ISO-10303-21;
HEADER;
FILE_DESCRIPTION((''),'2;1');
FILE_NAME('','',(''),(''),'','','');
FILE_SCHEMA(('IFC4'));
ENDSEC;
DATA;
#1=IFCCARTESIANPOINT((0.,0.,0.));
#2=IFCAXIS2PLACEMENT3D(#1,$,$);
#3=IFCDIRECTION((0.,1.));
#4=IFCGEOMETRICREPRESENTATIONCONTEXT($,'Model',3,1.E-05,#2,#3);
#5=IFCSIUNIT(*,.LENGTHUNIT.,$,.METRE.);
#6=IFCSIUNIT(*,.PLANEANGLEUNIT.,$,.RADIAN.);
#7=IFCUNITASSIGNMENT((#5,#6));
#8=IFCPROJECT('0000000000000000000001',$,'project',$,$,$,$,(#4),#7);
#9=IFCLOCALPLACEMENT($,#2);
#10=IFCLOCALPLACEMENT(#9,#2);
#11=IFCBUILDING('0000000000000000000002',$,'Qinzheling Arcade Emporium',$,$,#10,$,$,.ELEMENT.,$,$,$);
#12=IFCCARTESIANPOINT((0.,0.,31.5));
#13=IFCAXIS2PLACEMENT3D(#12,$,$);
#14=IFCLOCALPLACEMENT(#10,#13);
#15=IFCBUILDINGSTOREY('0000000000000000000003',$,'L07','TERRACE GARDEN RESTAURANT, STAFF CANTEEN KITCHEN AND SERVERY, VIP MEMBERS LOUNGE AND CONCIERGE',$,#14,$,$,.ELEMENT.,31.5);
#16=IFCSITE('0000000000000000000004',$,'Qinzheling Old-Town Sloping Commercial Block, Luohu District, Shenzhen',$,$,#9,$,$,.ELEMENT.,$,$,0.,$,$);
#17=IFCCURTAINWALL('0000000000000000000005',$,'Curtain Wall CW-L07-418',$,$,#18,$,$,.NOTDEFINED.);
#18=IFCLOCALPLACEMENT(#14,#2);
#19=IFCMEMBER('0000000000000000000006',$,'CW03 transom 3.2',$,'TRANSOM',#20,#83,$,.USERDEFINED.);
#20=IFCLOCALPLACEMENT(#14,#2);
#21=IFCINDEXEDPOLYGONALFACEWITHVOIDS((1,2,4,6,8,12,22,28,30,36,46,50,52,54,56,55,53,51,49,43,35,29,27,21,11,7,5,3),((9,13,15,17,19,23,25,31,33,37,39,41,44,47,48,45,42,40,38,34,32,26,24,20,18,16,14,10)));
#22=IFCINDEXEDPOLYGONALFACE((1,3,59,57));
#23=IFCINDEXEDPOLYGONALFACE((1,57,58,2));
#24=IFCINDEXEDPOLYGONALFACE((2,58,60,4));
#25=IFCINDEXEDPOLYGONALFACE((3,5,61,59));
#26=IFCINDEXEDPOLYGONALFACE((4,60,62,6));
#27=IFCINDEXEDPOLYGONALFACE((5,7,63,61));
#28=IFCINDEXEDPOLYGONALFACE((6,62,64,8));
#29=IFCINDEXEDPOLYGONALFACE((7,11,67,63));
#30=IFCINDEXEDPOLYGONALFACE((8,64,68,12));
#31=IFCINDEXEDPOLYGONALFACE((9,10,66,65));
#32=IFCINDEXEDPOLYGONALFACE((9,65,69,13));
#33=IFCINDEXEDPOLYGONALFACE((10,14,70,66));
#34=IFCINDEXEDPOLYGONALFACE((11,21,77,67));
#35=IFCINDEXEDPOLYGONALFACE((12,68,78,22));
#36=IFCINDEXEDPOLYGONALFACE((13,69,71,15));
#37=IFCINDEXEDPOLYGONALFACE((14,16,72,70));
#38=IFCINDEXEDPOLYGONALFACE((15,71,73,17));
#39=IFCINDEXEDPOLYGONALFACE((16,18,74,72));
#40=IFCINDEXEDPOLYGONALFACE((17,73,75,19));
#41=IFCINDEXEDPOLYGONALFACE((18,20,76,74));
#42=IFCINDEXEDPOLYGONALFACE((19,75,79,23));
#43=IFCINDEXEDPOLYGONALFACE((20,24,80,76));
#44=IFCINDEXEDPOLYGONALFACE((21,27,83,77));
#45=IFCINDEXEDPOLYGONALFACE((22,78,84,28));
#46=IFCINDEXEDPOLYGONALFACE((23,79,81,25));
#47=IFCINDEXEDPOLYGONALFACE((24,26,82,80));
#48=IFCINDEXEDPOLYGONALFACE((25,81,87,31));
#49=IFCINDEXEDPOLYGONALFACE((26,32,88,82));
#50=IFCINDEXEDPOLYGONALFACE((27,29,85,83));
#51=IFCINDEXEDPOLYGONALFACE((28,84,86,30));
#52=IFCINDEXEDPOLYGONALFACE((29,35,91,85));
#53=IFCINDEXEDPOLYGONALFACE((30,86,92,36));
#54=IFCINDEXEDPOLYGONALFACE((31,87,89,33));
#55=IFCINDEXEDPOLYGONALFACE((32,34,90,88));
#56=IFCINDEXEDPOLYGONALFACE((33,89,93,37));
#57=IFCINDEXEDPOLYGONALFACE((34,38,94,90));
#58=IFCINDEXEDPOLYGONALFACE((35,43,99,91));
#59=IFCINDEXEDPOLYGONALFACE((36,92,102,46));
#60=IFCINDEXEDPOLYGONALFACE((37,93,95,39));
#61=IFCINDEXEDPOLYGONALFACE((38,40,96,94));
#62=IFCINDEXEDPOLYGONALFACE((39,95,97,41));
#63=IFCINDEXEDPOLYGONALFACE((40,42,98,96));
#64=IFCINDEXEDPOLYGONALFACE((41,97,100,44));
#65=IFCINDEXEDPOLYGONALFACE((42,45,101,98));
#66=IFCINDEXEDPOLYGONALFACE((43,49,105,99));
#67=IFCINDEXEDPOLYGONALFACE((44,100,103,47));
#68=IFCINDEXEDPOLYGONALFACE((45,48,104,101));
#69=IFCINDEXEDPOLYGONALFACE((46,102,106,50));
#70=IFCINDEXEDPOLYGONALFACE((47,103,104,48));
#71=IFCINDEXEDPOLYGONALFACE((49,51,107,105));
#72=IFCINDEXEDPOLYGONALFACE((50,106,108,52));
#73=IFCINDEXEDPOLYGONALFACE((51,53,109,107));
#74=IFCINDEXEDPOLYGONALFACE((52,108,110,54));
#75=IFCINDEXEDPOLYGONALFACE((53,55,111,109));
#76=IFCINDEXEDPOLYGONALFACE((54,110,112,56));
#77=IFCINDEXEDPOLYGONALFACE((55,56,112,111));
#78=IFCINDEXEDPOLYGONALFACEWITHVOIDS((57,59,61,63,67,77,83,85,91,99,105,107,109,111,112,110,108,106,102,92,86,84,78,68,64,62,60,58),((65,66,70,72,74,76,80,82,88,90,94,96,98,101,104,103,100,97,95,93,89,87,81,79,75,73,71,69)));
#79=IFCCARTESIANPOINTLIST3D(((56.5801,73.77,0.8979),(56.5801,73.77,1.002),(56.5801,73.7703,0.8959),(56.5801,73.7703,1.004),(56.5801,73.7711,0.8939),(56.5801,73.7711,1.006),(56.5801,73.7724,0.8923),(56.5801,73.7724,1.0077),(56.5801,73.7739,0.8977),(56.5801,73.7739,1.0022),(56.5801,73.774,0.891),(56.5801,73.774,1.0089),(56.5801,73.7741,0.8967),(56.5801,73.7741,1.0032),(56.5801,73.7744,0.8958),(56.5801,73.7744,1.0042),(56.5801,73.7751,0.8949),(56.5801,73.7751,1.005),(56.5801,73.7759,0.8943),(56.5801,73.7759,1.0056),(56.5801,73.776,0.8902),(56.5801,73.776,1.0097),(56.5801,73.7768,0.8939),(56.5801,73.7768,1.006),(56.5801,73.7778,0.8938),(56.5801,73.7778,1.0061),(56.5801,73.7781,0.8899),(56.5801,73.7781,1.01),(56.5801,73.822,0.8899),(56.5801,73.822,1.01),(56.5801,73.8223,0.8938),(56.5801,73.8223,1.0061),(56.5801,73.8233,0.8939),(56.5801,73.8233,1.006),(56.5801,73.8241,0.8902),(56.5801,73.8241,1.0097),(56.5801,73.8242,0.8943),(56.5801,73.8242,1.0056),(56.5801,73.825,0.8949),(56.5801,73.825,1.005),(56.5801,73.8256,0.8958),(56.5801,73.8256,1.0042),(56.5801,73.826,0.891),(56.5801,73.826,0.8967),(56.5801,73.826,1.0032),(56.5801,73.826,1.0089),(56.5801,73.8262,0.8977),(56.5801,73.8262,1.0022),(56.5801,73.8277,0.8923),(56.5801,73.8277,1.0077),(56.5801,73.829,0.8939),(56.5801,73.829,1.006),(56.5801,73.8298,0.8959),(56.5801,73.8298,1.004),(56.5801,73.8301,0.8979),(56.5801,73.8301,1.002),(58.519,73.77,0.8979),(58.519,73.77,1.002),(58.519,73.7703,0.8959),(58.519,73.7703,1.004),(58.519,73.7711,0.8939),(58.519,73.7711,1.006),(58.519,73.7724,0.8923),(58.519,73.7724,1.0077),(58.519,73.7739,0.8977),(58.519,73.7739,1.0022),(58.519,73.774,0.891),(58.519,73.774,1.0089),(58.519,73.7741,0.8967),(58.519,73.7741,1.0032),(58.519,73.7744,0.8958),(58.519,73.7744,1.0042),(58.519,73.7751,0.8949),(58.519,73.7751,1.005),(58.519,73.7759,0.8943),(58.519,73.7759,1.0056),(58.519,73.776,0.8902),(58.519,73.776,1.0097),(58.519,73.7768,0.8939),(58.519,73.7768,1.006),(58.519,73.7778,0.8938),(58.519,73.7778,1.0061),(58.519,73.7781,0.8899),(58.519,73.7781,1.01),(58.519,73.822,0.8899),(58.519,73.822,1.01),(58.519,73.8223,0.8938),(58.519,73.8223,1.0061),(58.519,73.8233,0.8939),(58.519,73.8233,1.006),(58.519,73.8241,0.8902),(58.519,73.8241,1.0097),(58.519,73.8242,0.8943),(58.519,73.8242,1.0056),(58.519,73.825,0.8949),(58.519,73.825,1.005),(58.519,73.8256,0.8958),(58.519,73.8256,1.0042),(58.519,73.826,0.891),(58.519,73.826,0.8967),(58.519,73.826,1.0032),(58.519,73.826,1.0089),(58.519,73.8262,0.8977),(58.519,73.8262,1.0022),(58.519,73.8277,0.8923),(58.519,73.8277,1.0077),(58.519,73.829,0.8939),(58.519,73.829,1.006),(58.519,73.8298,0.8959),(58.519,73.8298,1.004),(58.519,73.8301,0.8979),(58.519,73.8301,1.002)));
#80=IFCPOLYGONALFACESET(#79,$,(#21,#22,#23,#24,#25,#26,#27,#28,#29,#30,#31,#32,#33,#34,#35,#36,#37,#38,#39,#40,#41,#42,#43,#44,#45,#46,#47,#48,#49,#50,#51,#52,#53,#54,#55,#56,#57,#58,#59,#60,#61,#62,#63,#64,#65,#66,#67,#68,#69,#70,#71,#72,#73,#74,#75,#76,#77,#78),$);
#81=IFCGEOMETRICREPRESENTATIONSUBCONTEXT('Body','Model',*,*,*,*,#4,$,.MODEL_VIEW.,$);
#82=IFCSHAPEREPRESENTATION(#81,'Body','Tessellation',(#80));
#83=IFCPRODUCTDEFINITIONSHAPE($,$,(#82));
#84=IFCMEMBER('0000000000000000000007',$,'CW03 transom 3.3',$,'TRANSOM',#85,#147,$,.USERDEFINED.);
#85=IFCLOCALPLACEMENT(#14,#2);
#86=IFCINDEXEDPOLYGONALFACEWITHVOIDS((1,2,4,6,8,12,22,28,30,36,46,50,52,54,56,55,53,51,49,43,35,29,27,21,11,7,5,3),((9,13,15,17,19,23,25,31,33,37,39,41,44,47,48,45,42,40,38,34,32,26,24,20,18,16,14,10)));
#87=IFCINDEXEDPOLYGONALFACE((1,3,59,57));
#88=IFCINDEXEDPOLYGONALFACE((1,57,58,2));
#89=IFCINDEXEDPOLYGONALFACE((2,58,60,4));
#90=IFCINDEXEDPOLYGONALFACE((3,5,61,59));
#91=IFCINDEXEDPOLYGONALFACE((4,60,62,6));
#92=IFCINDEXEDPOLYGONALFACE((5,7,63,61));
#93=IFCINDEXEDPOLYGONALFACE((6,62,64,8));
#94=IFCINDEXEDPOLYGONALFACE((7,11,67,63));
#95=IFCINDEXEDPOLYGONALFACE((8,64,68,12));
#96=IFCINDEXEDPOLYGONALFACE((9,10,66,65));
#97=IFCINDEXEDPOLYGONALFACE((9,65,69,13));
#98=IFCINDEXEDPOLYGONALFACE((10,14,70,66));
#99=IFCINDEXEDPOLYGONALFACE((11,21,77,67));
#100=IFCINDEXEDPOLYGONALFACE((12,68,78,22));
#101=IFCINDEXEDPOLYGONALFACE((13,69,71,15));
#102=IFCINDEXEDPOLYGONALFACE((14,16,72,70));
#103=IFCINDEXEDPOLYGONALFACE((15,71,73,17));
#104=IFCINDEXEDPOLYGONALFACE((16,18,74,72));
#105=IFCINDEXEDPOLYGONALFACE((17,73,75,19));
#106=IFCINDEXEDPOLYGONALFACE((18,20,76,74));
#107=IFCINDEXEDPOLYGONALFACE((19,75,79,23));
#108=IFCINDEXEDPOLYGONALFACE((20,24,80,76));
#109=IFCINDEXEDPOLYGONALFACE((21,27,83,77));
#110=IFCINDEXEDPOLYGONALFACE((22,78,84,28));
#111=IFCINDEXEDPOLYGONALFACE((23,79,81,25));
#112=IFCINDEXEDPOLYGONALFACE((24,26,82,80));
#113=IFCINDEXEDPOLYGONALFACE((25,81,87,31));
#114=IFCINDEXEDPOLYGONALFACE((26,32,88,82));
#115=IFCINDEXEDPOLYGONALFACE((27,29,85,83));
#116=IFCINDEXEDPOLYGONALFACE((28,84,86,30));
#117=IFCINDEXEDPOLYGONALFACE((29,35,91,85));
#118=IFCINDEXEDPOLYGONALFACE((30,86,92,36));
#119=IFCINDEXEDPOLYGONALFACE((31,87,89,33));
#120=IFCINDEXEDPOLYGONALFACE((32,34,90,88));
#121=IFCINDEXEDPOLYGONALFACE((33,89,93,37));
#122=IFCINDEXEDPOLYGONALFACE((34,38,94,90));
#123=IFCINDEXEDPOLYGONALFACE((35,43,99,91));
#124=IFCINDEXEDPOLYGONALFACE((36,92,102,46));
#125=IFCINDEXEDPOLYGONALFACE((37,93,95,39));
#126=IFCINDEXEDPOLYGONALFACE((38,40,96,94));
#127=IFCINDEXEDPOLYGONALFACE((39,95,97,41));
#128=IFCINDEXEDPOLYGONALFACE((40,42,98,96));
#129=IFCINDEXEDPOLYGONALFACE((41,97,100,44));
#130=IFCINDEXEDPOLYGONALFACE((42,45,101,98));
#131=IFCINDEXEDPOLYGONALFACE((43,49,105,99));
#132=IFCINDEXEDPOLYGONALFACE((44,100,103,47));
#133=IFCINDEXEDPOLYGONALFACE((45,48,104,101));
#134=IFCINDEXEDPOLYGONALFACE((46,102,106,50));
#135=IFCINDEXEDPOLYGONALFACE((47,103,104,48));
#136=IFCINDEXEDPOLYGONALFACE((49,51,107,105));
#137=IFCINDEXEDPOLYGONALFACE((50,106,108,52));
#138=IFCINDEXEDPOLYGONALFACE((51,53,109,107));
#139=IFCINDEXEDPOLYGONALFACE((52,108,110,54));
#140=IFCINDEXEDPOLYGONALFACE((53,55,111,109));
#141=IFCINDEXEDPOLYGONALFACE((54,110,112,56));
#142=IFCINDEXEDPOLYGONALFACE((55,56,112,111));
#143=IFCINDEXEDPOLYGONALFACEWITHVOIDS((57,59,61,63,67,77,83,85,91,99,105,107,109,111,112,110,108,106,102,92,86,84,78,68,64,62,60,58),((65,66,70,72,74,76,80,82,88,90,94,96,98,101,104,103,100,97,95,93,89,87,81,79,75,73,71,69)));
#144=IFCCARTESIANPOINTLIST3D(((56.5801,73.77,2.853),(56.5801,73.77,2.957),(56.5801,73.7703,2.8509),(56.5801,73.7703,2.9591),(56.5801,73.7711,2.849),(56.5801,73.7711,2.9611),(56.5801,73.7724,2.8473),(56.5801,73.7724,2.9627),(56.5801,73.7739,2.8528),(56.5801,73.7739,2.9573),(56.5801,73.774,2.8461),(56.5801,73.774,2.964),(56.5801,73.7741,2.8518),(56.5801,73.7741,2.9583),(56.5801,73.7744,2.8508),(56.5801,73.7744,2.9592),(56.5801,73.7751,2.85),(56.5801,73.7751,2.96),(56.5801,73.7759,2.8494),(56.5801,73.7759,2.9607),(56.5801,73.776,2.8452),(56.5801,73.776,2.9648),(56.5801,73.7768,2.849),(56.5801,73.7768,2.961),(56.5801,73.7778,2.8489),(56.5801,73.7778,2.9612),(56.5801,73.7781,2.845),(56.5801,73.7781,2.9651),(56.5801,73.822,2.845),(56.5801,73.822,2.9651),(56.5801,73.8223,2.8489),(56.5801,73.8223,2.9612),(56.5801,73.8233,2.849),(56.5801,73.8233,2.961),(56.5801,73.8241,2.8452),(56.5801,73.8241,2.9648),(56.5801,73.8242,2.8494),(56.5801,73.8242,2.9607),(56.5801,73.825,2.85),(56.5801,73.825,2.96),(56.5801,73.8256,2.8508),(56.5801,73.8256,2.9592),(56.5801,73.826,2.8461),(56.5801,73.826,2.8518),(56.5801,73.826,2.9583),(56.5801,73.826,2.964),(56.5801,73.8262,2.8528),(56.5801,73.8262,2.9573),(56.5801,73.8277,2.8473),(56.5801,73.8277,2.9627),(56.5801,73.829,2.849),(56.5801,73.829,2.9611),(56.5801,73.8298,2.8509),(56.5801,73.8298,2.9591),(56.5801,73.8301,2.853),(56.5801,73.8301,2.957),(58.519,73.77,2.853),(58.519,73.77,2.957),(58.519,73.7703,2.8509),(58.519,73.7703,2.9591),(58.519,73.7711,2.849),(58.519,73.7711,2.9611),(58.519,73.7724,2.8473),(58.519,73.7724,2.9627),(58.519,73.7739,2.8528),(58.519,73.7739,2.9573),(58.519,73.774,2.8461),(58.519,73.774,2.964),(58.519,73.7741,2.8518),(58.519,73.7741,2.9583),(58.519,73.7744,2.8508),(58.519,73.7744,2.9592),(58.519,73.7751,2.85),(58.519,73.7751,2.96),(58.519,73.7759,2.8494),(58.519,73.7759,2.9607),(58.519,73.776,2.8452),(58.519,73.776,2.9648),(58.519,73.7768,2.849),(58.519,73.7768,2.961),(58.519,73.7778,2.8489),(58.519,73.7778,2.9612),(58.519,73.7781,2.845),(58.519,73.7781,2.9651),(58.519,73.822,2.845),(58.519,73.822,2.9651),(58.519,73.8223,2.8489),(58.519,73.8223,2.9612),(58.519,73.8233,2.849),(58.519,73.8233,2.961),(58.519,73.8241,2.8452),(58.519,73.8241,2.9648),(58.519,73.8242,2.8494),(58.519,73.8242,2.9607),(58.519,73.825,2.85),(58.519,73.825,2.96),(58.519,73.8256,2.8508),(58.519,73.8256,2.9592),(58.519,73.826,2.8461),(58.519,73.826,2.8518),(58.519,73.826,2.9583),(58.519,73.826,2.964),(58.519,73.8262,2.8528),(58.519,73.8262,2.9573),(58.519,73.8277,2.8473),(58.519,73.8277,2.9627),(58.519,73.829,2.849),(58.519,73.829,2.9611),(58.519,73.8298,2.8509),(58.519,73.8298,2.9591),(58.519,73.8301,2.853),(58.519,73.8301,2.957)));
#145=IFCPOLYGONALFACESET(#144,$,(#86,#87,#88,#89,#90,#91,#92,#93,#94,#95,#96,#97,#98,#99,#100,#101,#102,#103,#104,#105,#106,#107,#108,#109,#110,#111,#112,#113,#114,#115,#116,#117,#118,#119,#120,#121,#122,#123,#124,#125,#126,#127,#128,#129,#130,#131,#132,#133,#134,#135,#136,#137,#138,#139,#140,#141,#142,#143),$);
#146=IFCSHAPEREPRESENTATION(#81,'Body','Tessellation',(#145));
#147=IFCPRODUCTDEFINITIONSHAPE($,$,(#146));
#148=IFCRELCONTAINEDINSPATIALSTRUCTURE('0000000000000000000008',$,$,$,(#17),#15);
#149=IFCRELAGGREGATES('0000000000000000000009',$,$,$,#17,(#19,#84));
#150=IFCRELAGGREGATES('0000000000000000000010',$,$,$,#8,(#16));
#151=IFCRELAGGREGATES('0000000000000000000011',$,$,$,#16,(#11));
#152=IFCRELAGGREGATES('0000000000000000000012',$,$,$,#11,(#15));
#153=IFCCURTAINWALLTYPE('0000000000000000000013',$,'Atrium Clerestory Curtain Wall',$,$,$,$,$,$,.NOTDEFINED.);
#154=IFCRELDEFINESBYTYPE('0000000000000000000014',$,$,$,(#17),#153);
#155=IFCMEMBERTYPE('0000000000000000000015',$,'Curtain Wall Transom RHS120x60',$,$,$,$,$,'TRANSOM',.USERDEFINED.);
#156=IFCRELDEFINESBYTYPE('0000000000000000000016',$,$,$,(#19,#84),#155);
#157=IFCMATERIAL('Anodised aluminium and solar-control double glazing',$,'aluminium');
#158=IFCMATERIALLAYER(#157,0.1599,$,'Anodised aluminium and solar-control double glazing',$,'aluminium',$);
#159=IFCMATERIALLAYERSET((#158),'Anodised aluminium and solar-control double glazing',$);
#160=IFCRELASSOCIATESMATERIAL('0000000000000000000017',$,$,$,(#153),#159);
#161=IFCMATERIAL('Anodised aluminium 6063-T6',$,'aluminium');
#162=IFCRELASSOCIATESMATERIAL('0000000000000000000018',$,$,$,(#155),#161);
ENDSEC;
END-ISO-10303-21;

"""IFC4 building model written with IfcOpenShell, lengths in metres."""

from ifc_helpers import new_model, si_unit, direction, frame, origin, origin_2d, place, context, subcontext, project, spatial, hollow_rectangle, extrude, material, layer, layer_set, material_profile, profile_set, type_object, element, aggregate, save


model = new_model("IFC4")

# Units and contexts
model_context = context("Model", 3, precision=1e-05, world=origin(), true_north=direction((0.0, 1.0)))
body_context = subcontext(model_context, "Body", "Model", "MODEL_VIEW")
ifc_project = project(units=[si_unit("LENGTHUNIT", "METRE"), si_unit("PLANEANGLEUNIT", "RADIAN")], contexts=[model_context])

# Site, building, storey
site_placement = place(None, origin())
site = spatial("IfcSite", under=ifc_project, at=site_placement, Name="Qinzheling Old-Town Sloping Commercial Block, Luohu District, Shenzhen", CompositionType="ELEMENT", RefElevation=0.0)
building_placement = place(site_placement, origin())
building = spatial("IfcBuilding", under=site, at=building_placement, Name="Qinzheling Arcade Emporium", CompositionType="ELEMENT")
storey_placement = place(building_placement, frame((0.0, 0.0, 31.5)))
storey = spatial("IfcBuildingStorey", under=building, at=storey_placement, Name="L07", Description="TERRACE GARDEN RESTAURANT, STAFF CANTEEN KITCHEN AND SERVERY, VIP MEMBERS LOUNGE AND CONCIERGE", CompositionType="ELEMENT", Elevation=31.5)

# Curtain wall, members
ifc_material_1 = material(Name="Anodised aluminium and solar-control double glazing", Category="aluminium")
ifc_layer_1 = layer(ifc_material_1, 0.1599, Name="Anodised aluminium and solar-control double glazing", Category="aluminium")
ifc_layer_set_1 = layer_set([ifc_layer_1], Name="Anodised aluminium and solar-control double glazing")
curtain_wall_type = type_object("IfcCurtainWallType", Name="Atrium Clerestory Curtain Wall", PredefinedType="NOTDEFINED", material=ifc_layer_set_1)
curtain_wall_placement = place(storey_placement, origin())
curtain_wall = element("IfcCurtainWall", 1, at=curtain_wall_placement, inside=storey, type_object=curtain_wall_type, Name="Curtain Wall CW-L07-418", PredefinedType="NOTDEFINED")
ifc_material_2 = material(Name="Anodised aluminium 6063-T6", Category="aluminium")
ifc_material_profile_1 = material_profile(ifc_material_2, hollow_rectangle(XDim=0.0601, YDim=0.1201, WallThickness=0.0039, InnerFilletRadius=0.0039, OuterFilletRadius=0.0081, at=origin_2d()), Name="RHS 120x60x4", Category="aluminium")
ifc_profile_set_1 = profile_set([ifc_material_profile_1], Name="Anodised aluminium 6063-T6")
member_type_1 = type_object("IfcMemberType", Name="Curtain Wall Transom RHS120x60", ElementType="TRANSOM", PredefinedType="USERDEFINED", material=ifc_profile_set_1)
member_1_placement = place(storey_placement, frame((56.5801, 73.8, 0.95), z_axis=(1.0, 0.0, 0.0), x_axis=(0.0, 1.0, 0.0)))
member_1 = element("IfcMember", 2, at=member_1_placement, type_object=member_type_1, Name="CW03 transom 3.2", ObjectType="TRANSOM", PredefinedType="USERDEFINED", context=body_context, shape_type="SweptSolid", body=[
    extrude(hollow_rectangle(XDim=0.0601, YDim=0.1201, WallThickness=0.0039, InnerFilletRadius=0.0039, OuterFilletRadius=0.0081, at=origin_2d()), origin(), (0.0, 0.0, 1.0), 1.939),
])
member_2_placement = place(storey_placement, frame((56.5801, 73.8, 2.905), z_axis=(1.0, 0.0, 0.0), x_axis=(0.0, 1.0, 0.0)))
member_2 = element("IfcMember", 3, at=member_2_placement, type_object=member_type_1, Name="CW03 transom 3.3", ObjectType="TRANSOM", PredefinedType="USERDEFINED", context=body_context, shape_type="SweptSolid", body=[
    extrude(hollow_rectangle(XDim=0.0601, YDim=0.1201, WallThickness=0.0039, InnerFilletRadius=0.0039, OuterFilletRadius=0.0081, at=origin_2d()), origin(), (0.0, 0.0, 1.0), 1.939),
])

aggregate(curtain_wall, [member_1, member_2])

save(model, "model.ifc")
